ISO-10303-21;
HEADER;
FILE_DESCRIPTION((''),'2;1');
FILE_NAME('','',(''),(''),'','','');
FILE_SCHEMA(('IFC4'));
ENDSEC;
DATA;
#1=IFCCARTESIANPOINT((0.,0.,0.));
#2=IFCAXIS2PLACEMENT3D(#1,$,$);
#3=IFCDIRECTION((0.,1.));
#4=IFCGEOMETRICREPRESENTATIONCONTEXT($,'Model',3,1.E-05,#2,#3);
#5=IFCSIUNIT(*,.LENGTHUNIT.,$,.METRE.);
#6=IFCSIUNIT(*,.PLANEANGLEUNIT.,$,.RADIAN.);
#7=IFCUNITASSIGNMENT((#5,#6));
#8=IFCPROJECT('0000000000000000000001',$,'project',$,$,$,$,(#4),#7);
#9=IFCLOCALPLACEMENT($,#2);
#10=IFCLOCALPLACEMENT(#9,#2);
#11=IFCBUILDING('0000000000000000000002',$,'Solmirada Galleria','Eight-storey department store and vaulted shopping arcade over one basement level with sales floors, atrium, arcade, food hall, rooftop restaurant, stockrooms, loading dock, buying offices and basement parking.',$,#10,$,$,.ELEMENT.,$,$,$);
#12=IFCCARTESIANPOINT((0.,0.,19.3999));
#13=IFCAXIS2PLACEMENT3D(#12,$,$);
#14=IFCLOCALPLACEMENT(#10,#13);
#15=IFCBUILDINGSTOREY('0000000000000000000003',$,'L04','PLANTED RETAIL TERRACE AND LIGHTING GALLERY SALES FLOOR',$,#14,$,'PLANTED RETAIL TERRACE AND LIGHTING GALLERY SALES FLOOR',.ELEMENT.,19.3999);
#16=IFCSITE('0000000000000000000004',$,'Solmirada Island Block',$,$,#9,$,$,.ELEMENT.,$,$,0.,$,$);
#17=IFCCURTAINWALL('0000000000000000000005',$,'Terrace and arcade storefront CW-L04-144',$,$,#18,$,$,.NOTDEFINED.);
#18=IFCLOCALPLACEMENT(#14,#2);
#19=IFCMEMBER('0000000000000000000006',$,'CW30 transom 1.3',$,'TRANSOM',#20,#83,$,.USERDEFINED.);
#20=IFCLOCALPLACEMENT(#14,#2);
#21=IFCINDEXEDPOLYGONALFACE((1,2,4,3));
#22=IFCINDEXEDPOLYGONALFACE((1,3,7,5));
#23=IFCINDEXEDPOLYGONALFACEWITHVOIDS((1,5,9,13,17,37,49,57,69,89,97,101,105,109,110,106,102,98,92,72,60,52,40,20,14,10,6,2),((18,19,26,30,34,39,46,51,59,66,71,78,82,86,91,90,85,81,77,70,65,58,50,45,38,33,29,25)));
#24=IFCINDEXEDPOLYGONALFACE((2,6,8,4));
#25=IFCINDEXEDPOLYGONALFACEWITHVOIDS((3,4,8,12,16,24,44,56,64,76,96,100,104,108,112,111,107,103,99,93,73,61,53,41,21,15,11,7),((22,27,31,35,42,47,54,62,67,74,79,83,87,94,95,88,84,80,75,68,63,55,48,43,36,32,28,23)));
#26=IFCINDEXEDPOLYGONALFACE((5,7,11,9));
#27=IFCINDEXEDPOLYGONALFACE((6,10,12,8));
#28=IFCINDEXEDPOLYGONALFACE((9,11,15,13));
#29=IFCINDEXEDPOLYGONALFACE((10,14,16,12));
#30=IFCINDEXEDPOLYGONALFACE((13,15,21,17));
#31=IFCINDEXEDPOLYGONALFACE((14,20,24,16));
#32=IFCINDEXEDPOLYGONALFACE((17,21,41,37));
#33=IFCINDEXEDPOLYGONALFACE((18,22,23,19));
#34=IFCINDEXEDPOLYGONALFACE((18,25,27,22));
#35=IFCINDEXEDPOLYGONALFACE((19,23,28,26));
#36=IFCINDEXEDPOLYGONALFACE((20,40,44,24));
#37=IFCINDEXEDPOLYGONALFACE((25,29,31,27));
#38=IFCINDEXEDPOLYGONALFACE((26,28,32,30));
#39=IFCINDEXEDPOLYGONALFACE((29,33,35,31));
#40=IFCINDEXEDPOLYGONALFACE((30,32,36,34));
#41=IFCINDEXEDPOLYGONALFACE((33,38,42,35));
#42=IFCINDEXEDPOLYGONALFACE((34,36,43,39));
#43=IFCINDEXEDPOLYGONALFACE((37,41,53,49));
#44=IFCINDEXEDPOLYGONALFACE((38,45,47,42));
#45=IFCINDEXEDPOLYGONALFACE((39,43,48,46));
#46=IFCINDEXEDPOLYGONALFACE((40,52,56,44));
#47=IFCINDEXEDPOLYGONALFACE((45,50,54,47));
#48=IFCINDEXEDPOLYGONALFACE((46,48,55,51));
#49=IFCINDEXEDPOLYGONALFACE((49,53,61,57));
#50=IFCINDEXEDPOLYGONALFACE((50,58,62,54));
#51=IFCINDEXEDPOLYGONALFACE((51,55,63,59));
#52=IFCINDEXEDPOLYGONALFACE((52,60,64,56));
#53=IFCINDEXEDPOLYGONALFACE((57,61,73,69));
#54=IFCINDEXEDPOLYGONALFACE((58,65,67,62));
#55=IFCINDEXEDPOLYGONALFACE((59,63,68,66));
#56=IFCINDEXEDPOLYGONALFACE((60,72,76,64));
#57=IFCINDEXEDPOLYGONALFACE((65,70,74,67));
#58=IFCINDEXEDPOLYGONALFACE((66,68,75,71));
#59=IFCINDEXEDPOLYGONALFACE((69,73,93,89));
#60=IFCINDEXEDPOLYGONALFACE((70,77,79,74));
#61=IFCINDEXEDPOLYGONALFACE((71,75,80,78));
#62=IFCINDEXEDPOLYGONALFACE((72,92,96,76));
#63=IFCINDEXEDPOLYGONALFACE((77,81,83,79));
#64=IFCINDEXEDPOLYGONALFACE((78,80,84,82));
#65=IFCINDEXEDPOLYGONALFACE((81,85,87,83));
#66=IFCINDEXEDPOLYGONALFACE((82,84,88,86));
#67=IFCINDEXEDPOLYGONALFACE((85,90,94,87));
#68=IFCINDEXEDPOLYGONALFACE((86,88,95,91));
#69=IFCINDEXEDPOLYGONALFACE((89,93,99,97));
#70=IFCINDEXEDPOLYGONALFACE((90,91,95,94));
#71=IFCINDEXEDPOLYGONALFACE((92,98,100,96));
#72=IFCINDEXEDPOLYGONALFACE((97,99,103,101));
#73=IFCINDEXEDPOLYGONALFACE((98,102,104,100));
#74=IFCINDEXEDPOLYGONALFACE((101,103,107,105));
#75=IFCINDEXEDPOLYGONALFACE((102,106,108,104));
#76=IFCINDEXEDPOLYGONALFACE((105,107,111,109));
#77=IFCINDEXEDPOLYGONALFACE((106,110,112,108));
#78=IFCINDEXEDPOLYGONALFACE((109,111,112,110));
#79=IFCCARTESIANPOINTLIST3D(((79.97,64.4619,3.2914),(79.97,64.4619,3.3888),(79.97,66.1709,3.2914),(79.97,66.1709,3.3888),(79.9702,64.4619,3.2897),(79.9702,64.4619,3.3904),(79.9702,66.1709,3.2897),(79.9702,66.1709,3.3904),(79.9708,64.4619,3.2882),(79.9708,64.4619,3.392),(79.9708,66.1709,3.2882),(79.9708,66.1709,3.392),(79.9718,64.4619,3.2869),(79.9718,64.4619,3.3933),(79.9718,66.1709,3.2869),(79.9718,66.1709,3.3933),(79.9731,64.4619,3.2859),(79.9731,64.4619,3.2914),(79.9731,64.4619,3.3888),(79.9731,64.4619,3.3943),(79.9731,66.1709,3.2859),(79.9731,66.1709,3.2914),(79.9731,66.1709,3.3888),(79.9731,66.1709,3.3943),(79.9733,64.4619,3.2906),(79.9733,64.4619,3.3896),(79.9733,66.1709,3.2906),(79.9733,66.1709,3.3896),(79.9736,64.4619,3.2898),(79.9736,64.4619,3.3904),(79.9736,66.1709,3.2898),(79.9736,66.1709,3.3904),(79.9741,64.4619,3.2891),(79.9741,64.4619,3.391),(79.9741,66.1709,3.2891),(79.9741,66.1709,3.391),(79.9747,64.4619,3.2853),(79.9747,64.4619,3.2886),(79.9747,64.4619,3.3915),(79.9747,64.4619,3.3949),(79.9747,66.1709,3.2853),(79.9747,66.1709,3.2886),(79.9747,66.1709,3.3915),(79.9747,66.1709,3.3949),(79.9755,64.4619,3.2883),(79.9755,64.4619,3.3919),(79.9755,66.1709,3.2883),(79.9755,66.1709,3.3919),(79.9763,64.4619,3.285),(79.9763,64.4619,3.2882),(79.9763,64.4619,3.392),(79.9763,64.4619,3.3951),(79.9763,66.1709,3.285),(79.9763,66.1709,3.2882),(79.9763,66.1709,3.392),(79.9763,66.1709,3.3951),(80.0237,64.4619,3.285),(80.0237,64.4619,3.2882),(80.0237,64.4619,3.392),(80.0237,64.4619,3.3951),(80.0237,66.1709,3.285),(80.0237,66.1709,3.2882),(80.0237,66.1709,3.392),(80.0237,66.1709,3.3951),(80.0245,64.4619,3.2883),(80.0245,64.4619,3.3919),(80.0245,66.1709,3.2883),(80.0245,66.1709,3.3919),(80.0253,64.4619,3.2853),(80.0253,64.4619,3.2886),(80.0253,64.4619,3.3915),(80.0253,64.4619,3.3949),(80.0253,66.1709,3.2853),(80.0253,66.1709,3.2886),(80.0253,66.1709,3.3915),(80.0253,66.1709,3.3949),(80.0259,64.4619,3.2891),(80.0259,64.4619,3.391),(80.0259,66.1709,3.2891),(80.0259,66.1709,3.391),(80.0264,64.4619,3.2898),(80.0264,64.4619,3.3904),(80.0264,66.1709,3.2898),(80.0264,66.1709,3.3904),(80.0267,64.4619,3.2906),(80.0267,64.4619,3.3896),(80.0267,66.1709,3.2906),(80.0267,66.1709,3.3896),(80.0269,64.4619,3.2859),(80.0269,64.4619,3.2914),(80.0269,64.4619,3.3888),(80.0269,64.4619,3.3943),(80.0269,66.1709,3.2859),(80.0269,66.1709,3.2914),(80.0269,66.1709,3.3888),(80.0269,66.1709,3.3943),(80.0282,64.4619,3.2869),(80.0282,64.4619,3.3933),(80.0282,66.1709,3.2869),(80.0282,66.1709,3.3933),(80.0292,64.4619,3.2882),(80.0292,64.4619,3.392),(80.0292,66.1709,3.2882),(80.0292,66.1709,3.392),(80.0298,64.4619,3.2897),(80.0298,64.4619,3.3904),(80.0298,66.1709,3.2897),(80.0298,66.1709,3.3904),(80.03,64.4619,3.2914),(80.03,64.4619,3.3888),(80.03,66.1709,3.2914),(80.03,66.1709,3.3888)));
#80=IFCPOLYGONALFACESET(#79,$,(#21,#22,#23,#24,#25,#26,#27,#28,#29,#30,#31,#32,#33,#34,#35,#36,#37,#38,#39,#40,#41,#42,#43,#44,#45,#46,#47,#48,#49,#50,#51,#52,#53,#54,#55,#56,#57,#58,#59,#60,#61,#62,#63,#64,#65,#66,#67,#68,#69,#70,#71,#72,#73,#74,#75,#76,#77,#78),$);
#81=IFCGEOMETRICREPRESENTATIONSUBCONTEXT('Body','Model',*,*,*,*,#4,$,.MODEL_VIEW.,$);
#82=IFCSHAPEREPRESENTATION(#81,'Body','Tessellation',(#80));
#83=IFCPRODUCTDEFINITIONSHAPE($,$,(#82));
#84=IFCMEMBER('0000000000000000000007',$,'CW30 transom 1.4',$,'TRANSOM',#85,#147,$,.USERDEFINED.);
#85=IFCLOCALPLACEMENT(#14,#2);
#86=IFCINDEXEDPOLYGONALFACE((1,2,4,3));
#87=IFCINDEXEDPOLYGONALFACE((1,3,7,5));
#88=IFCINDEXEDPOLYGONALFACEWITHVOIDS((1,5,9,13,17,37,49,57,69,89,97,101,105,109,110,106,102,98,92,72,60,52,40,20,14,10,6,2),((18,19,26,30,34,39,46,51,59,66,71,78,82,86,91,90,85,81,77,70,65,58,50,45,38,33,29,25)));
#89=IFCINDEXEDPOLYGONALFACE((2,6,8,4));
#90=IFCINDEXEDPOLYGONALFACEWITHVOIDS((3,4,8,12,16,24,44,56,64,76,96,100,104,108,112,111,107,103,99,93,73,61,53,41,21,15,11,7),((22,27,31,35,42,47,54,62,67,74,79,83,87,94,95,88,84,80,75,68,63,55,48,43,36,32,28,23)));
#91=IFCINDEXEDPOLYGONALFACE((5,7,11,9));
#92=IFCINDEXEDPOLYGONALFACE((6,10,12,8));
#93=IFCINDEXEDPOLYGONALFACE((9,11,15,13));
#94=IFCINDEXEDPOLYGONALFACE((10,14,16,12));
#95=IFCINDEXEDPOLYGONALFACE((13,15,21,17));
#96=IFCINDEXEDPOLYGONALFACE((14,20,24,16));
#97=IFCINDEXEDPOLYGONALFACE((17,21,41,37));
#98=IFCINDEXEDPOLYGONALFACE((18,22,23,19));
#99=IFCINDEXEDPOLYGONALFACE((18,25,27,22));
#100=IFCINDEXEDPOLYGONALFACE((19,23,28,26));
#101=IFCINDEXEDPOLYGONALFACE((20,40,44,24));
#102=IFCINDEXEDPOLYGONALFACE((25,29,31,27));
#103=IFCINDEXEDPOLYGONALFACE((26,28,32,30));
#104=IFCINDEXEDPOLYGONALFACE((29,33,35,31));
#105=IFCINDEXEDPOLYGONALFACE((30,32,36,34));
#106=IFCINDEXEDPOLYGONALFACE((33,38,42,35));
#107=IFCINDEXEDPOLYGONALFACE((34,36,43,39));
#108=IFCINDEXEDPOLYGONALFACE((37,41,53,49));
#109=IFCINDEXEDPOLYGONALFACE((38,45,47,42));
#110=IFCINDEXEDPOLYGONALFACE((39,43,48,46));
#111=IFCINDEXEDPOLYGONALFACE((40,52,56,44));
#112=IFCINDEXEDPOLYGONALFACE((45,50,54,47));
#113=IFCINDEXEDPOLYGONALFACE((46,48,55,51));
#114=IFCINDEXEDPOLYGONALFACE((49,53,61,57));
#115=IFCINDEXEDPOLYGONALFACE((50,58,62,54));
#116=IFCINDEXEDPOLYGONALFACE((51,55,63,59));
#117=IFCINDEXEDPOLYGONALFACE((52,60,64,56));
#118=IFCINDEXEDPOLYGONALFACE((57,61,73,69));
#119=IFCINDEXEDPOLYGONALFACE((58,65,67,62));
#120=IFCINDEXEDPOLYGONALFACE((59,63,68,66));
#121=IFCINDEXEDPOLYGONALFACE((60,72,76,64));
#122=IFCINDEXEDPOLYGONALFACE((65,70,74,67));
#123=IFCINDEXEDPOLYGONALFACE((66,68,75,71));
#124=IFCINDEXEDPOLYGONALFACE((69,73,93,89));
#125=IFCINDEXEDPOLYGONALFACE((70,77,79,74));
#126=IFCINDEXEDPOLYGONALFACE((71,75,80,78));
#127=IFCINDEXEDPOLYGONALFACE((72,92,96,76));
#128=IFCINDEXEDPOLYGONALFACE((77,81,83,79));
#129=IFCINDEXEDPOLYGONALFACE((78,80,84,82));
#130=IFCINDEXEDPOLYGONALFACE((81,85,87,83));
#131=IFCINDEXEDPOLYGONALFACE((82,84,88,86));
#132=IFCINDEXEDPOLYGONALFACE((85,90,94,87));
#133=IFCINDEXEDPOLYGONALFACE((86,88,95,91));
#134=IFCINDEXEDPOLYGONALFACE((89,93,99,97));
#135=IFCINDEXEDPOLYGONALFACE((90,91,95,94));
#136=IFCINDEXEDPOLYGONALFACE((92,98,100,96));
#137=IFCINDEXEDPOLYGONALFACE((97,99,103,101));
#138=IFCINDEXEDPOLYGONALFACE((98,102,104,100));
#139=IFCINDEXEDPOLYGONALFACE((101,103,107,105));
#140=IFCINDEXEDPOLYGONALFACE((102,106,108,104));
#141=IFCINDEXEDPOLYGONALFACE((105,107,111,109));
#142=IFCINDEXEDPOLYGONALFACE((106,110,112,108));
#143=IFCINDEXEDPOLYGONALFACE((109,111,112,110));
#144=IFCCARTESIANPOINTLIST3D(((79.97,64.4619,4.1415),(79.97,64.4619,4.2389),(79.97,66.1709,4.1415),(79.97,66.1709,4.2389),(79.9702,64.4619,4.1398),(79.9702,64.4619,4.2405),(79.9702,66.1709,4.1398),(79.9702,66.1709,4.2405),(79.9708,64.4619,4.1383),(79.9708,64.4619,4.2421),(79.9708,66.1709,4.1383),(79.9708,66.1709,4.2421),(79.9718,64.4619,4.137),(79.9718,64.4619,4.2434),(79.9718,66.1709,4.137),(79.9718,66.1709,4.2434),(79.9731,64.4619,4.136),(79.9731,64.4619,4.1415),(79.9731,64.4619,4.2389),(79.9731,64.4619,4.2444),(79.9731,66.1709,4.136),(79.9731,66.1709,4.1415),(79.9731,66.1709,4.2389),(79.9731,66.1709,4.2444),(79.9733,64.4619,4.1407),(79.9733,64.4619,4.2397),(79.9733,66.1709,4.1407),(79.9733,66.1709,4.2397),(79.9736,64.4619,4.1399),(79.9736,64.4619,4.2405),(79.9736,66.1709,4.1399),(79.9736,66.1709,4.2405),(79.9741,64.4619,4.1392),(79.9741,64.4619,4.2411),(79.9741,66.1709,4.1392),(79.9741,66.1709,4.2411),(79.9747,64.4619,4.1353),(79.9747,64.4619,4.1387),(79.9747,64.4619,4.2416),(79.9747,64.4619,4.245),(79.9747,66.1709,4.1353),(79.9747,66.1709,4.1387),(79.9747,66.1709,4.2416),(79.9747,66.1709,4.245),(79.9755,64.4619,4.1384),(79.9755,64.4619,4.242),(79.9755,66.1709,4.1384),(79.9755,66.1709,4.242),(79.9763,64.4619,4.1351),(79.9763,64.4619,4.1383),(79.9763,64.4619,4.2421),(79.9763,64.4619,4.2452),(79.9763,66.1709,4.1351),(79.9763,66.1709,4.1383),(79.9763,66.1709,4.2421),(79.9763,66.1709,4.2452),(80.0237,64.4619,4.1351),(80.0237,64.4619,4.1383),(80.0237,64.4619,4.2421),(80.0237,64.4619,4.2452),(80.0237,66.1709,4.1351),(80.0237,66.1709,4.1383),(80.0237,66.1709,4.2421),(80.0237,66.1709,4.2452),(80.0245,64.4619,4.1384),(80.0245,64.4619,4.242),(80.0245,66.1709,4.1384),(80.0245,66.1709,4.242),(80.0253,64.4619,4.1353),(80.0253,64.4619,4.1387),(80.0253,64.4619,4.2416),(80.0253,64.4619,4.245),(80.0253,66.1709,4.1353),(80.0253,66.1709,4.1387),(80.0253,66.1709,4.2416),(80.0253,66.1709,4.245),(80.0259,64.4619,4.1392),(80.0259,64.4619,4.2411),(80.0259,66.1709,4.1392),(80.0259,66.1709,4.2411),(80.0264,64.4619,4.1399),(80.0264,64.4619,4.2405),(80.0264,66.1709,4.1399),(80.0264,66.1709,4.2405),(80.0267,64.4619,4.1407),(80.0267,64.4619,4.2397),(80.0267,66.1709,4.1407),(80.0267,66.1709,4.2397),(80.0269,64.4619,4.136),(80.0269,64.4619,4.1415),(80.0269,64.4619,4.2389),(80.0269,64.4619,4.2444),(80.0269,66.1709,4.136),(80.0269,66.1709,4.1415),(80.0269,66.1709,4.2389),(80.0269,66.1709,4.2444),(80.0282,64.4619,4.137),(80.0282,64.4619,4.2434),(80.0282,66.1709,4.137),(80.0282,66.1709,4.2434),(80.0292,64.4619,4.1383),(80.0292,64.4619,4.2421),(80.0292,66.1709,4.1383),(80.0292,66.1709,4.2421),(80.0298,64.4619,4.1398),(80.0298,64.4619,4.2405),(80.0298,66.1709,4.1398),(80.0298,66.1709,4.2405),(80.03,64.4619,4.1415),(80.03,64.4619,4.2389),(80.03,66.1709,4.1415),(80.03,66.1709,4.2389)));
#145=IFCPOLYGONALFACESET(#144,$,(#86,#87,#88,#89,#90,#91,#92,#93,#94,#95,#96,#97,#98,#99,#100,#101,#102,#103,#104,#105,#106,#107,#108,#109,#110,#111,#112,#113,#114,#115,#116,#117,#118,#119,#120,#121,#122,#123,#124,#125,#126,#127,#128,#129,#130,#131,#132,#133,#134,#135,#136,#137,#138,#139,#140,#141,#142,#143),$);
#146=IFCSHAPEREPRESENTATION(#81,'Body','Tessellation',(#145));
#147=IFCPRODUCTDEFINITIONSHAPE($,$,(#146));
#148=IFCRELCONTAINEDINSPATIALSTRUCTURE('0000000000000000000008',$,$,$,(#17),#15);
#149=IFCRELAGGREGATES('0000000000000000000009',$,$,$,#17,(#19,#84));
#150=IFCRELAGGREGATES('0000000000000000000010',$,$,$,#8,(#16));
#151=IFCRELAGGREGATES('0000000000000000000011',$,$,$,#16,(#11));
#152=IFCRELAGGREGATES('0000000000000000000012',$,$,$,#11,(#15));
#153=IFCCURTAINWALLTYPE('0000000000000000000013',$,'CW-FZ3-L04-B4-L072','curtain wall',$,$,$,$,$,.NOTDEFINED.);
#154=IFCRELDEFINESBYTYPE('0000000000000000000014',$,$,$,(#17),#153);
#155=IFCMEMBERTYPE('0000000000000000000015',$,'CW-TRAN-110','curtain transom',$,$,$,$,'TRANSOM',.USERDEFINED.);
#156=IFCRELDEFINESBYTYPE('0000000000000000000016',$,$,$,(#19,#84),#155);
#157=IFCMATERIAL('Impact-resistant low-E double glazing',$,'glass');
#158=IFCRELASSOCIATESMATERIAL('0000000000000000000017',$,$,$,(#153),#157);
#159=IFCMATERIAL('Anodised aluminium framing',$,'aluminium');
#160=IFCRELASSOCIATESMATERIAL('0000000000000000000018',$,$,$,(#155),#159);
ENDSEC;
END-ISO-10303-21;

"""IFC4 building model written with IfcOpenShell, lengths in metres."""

from ifc_helpers import new_model, si_unit, direction, frame, origin, origin_2d, place, context, subcontext, project, spatial, hollow_rectangle, extrude, material, material_profile, profile_set, type_object, element, aggregate, save


model = new_model("IFC4")

# Units and contexts
model_context = context("Model", 3, precision=1e-05, world=origin(), true_north=direction((0.0, 1.0)))
body_context = subcontext(model_context, "Body", "Model", "MODEL_VIEW")
ifc_project = project(units=[si_unit("LENGTHUNIT", "METRE"), si_unit("PLANEANGLEUNIT", "RADIAN")], contexts=[model_context])

# Site, building, storey
site_placement = place(None, origin())
site = spatial("IfcSite", under=ifc_project, at=site_placement, Name="Solmirada Island Block", CompositionType="ELEMENT", RefElevation=0.0)
building_placement = place(site_placement, origin())
building = spatial("IfcBuilding", under=site, at=building_placement, Name="Solmirada Galleria", Description="Eight-storey department store and vaulted shopping arcade over one basement level with sales floors, atrium, arcade, food hall, rooftop restaurant, stockrooms, loading dock, buying offices and basement parking.", CompositionType="ELEMENT")
storey_placement = place(building_placement, frame((0.0, 0.0, 19.3999)))
storey = spatial("IfcBuildingStorey", under=building, at=storey_placement, Name="L04", Description="PLANTED RETAIL TERRACE AND LIGHTING GALLERY SALES FLOOR", LongName="PLANTED RETAIL TERRACE AND LIGHTING GALLERY SALES FLOOR", CompositionType="ELEMENT", Elevation=19.3999)

# Shared definitions
ifc_material_1 = material(Name="Impact-resistant low-E double glazing", Category="glass")
curtain_wall_type = type_object("IfcCurtainWallType", Name="CW-FZ3-L04-B4-L072", Description="curtain wall", PredefinedType="NOTDEFINED", material=ifc_material_1)
ifc_material_2 = material(Name="Anodised aluminium framing", Category="aluminium")

# Curtain wall
curtain_wall_1_placement = place(storey_placement, origin())
curtain_wall_1 = element("IfcCurtainWall", 1, at=curtain_wall_1_placement, inside=storey, type_object=curtain_wall_type, Name="Terrace and arcade storefront CW-L04-144", PredefinedType="NOTDEFINED")

# Members
ifc_material_profile_1 = material_profile(ifc_material_2, hollow_rectangle(XDim=0.0601, YDim=0.1101, WallThickness=0.0032, InnerFilletRadius=0.0032, OuterFilletRadius=0.0063, at=origin_2d()), Name="ALU-TRAN-110X60")
ifc_profile_set_1 = profile_set([ifc_material_profile_1], Name="Anodised aluminium framing")
member_type_1 = type_object("IfcMemberType", Name="CW-TRAN-110", Description="curtain transom", ElementType="TRANSOM", PredefinedType="USERDEFINED", material=ifc_profile_set_1)
member_1_placement = place(storey_placement, frame((80.0, 64.4619, 3.3401), z_axis=(0.0, 1.0, 0.0), x_axis=(-1.0, 0.0, 0.0)))
member_1 = element("IfcMember", 2, at=member_1_placement, type_object=member_type_1, Name="CW30 transom 1.3", ObjectType="TRANSOM", PredefinedType="USERDEFINED", context=body_context, shape_type="SweptSolid", body=[
    extrude(hollow_rectangle(XDim=0.0601, YDim=0.1101, WallThickness=0.0032, InnerFilletRadius=0.0032, OuterFilletRadius=0.0063, at=origin_2d()), origin(), (0.0, 0.0, 1.0), 1.709),
])
member_2_placement = place(storey_placement, frame((80.0, 64.4619, 4.1902), z_axis=(0.0, 1.0, 0.0), x_axis=(-1.0, 0.0, 0.0)))
member_2 = element("IfcMember", 3, at=member_2_placement, type_object=member_type_1, Name="CW30 transom 1.4", ObjectType="TRANSOM", PredefinedType="USERDEFINED", context=body_context, shape_type="SweptSolid", body=[
    extrude(hollow_rectangle(XDim=0.0601, YDim=0.1101, WallThickness=0.0032, InnerFilletRadius=0.0032, OuterFilletRadius=0.0063, at=origin_2d()), origin(), (0.0, 0.0, 1.0), 1.709),
])

aggregate(curtain_wall_1, [member_1, member_2])

save(model, "model.ifc")
